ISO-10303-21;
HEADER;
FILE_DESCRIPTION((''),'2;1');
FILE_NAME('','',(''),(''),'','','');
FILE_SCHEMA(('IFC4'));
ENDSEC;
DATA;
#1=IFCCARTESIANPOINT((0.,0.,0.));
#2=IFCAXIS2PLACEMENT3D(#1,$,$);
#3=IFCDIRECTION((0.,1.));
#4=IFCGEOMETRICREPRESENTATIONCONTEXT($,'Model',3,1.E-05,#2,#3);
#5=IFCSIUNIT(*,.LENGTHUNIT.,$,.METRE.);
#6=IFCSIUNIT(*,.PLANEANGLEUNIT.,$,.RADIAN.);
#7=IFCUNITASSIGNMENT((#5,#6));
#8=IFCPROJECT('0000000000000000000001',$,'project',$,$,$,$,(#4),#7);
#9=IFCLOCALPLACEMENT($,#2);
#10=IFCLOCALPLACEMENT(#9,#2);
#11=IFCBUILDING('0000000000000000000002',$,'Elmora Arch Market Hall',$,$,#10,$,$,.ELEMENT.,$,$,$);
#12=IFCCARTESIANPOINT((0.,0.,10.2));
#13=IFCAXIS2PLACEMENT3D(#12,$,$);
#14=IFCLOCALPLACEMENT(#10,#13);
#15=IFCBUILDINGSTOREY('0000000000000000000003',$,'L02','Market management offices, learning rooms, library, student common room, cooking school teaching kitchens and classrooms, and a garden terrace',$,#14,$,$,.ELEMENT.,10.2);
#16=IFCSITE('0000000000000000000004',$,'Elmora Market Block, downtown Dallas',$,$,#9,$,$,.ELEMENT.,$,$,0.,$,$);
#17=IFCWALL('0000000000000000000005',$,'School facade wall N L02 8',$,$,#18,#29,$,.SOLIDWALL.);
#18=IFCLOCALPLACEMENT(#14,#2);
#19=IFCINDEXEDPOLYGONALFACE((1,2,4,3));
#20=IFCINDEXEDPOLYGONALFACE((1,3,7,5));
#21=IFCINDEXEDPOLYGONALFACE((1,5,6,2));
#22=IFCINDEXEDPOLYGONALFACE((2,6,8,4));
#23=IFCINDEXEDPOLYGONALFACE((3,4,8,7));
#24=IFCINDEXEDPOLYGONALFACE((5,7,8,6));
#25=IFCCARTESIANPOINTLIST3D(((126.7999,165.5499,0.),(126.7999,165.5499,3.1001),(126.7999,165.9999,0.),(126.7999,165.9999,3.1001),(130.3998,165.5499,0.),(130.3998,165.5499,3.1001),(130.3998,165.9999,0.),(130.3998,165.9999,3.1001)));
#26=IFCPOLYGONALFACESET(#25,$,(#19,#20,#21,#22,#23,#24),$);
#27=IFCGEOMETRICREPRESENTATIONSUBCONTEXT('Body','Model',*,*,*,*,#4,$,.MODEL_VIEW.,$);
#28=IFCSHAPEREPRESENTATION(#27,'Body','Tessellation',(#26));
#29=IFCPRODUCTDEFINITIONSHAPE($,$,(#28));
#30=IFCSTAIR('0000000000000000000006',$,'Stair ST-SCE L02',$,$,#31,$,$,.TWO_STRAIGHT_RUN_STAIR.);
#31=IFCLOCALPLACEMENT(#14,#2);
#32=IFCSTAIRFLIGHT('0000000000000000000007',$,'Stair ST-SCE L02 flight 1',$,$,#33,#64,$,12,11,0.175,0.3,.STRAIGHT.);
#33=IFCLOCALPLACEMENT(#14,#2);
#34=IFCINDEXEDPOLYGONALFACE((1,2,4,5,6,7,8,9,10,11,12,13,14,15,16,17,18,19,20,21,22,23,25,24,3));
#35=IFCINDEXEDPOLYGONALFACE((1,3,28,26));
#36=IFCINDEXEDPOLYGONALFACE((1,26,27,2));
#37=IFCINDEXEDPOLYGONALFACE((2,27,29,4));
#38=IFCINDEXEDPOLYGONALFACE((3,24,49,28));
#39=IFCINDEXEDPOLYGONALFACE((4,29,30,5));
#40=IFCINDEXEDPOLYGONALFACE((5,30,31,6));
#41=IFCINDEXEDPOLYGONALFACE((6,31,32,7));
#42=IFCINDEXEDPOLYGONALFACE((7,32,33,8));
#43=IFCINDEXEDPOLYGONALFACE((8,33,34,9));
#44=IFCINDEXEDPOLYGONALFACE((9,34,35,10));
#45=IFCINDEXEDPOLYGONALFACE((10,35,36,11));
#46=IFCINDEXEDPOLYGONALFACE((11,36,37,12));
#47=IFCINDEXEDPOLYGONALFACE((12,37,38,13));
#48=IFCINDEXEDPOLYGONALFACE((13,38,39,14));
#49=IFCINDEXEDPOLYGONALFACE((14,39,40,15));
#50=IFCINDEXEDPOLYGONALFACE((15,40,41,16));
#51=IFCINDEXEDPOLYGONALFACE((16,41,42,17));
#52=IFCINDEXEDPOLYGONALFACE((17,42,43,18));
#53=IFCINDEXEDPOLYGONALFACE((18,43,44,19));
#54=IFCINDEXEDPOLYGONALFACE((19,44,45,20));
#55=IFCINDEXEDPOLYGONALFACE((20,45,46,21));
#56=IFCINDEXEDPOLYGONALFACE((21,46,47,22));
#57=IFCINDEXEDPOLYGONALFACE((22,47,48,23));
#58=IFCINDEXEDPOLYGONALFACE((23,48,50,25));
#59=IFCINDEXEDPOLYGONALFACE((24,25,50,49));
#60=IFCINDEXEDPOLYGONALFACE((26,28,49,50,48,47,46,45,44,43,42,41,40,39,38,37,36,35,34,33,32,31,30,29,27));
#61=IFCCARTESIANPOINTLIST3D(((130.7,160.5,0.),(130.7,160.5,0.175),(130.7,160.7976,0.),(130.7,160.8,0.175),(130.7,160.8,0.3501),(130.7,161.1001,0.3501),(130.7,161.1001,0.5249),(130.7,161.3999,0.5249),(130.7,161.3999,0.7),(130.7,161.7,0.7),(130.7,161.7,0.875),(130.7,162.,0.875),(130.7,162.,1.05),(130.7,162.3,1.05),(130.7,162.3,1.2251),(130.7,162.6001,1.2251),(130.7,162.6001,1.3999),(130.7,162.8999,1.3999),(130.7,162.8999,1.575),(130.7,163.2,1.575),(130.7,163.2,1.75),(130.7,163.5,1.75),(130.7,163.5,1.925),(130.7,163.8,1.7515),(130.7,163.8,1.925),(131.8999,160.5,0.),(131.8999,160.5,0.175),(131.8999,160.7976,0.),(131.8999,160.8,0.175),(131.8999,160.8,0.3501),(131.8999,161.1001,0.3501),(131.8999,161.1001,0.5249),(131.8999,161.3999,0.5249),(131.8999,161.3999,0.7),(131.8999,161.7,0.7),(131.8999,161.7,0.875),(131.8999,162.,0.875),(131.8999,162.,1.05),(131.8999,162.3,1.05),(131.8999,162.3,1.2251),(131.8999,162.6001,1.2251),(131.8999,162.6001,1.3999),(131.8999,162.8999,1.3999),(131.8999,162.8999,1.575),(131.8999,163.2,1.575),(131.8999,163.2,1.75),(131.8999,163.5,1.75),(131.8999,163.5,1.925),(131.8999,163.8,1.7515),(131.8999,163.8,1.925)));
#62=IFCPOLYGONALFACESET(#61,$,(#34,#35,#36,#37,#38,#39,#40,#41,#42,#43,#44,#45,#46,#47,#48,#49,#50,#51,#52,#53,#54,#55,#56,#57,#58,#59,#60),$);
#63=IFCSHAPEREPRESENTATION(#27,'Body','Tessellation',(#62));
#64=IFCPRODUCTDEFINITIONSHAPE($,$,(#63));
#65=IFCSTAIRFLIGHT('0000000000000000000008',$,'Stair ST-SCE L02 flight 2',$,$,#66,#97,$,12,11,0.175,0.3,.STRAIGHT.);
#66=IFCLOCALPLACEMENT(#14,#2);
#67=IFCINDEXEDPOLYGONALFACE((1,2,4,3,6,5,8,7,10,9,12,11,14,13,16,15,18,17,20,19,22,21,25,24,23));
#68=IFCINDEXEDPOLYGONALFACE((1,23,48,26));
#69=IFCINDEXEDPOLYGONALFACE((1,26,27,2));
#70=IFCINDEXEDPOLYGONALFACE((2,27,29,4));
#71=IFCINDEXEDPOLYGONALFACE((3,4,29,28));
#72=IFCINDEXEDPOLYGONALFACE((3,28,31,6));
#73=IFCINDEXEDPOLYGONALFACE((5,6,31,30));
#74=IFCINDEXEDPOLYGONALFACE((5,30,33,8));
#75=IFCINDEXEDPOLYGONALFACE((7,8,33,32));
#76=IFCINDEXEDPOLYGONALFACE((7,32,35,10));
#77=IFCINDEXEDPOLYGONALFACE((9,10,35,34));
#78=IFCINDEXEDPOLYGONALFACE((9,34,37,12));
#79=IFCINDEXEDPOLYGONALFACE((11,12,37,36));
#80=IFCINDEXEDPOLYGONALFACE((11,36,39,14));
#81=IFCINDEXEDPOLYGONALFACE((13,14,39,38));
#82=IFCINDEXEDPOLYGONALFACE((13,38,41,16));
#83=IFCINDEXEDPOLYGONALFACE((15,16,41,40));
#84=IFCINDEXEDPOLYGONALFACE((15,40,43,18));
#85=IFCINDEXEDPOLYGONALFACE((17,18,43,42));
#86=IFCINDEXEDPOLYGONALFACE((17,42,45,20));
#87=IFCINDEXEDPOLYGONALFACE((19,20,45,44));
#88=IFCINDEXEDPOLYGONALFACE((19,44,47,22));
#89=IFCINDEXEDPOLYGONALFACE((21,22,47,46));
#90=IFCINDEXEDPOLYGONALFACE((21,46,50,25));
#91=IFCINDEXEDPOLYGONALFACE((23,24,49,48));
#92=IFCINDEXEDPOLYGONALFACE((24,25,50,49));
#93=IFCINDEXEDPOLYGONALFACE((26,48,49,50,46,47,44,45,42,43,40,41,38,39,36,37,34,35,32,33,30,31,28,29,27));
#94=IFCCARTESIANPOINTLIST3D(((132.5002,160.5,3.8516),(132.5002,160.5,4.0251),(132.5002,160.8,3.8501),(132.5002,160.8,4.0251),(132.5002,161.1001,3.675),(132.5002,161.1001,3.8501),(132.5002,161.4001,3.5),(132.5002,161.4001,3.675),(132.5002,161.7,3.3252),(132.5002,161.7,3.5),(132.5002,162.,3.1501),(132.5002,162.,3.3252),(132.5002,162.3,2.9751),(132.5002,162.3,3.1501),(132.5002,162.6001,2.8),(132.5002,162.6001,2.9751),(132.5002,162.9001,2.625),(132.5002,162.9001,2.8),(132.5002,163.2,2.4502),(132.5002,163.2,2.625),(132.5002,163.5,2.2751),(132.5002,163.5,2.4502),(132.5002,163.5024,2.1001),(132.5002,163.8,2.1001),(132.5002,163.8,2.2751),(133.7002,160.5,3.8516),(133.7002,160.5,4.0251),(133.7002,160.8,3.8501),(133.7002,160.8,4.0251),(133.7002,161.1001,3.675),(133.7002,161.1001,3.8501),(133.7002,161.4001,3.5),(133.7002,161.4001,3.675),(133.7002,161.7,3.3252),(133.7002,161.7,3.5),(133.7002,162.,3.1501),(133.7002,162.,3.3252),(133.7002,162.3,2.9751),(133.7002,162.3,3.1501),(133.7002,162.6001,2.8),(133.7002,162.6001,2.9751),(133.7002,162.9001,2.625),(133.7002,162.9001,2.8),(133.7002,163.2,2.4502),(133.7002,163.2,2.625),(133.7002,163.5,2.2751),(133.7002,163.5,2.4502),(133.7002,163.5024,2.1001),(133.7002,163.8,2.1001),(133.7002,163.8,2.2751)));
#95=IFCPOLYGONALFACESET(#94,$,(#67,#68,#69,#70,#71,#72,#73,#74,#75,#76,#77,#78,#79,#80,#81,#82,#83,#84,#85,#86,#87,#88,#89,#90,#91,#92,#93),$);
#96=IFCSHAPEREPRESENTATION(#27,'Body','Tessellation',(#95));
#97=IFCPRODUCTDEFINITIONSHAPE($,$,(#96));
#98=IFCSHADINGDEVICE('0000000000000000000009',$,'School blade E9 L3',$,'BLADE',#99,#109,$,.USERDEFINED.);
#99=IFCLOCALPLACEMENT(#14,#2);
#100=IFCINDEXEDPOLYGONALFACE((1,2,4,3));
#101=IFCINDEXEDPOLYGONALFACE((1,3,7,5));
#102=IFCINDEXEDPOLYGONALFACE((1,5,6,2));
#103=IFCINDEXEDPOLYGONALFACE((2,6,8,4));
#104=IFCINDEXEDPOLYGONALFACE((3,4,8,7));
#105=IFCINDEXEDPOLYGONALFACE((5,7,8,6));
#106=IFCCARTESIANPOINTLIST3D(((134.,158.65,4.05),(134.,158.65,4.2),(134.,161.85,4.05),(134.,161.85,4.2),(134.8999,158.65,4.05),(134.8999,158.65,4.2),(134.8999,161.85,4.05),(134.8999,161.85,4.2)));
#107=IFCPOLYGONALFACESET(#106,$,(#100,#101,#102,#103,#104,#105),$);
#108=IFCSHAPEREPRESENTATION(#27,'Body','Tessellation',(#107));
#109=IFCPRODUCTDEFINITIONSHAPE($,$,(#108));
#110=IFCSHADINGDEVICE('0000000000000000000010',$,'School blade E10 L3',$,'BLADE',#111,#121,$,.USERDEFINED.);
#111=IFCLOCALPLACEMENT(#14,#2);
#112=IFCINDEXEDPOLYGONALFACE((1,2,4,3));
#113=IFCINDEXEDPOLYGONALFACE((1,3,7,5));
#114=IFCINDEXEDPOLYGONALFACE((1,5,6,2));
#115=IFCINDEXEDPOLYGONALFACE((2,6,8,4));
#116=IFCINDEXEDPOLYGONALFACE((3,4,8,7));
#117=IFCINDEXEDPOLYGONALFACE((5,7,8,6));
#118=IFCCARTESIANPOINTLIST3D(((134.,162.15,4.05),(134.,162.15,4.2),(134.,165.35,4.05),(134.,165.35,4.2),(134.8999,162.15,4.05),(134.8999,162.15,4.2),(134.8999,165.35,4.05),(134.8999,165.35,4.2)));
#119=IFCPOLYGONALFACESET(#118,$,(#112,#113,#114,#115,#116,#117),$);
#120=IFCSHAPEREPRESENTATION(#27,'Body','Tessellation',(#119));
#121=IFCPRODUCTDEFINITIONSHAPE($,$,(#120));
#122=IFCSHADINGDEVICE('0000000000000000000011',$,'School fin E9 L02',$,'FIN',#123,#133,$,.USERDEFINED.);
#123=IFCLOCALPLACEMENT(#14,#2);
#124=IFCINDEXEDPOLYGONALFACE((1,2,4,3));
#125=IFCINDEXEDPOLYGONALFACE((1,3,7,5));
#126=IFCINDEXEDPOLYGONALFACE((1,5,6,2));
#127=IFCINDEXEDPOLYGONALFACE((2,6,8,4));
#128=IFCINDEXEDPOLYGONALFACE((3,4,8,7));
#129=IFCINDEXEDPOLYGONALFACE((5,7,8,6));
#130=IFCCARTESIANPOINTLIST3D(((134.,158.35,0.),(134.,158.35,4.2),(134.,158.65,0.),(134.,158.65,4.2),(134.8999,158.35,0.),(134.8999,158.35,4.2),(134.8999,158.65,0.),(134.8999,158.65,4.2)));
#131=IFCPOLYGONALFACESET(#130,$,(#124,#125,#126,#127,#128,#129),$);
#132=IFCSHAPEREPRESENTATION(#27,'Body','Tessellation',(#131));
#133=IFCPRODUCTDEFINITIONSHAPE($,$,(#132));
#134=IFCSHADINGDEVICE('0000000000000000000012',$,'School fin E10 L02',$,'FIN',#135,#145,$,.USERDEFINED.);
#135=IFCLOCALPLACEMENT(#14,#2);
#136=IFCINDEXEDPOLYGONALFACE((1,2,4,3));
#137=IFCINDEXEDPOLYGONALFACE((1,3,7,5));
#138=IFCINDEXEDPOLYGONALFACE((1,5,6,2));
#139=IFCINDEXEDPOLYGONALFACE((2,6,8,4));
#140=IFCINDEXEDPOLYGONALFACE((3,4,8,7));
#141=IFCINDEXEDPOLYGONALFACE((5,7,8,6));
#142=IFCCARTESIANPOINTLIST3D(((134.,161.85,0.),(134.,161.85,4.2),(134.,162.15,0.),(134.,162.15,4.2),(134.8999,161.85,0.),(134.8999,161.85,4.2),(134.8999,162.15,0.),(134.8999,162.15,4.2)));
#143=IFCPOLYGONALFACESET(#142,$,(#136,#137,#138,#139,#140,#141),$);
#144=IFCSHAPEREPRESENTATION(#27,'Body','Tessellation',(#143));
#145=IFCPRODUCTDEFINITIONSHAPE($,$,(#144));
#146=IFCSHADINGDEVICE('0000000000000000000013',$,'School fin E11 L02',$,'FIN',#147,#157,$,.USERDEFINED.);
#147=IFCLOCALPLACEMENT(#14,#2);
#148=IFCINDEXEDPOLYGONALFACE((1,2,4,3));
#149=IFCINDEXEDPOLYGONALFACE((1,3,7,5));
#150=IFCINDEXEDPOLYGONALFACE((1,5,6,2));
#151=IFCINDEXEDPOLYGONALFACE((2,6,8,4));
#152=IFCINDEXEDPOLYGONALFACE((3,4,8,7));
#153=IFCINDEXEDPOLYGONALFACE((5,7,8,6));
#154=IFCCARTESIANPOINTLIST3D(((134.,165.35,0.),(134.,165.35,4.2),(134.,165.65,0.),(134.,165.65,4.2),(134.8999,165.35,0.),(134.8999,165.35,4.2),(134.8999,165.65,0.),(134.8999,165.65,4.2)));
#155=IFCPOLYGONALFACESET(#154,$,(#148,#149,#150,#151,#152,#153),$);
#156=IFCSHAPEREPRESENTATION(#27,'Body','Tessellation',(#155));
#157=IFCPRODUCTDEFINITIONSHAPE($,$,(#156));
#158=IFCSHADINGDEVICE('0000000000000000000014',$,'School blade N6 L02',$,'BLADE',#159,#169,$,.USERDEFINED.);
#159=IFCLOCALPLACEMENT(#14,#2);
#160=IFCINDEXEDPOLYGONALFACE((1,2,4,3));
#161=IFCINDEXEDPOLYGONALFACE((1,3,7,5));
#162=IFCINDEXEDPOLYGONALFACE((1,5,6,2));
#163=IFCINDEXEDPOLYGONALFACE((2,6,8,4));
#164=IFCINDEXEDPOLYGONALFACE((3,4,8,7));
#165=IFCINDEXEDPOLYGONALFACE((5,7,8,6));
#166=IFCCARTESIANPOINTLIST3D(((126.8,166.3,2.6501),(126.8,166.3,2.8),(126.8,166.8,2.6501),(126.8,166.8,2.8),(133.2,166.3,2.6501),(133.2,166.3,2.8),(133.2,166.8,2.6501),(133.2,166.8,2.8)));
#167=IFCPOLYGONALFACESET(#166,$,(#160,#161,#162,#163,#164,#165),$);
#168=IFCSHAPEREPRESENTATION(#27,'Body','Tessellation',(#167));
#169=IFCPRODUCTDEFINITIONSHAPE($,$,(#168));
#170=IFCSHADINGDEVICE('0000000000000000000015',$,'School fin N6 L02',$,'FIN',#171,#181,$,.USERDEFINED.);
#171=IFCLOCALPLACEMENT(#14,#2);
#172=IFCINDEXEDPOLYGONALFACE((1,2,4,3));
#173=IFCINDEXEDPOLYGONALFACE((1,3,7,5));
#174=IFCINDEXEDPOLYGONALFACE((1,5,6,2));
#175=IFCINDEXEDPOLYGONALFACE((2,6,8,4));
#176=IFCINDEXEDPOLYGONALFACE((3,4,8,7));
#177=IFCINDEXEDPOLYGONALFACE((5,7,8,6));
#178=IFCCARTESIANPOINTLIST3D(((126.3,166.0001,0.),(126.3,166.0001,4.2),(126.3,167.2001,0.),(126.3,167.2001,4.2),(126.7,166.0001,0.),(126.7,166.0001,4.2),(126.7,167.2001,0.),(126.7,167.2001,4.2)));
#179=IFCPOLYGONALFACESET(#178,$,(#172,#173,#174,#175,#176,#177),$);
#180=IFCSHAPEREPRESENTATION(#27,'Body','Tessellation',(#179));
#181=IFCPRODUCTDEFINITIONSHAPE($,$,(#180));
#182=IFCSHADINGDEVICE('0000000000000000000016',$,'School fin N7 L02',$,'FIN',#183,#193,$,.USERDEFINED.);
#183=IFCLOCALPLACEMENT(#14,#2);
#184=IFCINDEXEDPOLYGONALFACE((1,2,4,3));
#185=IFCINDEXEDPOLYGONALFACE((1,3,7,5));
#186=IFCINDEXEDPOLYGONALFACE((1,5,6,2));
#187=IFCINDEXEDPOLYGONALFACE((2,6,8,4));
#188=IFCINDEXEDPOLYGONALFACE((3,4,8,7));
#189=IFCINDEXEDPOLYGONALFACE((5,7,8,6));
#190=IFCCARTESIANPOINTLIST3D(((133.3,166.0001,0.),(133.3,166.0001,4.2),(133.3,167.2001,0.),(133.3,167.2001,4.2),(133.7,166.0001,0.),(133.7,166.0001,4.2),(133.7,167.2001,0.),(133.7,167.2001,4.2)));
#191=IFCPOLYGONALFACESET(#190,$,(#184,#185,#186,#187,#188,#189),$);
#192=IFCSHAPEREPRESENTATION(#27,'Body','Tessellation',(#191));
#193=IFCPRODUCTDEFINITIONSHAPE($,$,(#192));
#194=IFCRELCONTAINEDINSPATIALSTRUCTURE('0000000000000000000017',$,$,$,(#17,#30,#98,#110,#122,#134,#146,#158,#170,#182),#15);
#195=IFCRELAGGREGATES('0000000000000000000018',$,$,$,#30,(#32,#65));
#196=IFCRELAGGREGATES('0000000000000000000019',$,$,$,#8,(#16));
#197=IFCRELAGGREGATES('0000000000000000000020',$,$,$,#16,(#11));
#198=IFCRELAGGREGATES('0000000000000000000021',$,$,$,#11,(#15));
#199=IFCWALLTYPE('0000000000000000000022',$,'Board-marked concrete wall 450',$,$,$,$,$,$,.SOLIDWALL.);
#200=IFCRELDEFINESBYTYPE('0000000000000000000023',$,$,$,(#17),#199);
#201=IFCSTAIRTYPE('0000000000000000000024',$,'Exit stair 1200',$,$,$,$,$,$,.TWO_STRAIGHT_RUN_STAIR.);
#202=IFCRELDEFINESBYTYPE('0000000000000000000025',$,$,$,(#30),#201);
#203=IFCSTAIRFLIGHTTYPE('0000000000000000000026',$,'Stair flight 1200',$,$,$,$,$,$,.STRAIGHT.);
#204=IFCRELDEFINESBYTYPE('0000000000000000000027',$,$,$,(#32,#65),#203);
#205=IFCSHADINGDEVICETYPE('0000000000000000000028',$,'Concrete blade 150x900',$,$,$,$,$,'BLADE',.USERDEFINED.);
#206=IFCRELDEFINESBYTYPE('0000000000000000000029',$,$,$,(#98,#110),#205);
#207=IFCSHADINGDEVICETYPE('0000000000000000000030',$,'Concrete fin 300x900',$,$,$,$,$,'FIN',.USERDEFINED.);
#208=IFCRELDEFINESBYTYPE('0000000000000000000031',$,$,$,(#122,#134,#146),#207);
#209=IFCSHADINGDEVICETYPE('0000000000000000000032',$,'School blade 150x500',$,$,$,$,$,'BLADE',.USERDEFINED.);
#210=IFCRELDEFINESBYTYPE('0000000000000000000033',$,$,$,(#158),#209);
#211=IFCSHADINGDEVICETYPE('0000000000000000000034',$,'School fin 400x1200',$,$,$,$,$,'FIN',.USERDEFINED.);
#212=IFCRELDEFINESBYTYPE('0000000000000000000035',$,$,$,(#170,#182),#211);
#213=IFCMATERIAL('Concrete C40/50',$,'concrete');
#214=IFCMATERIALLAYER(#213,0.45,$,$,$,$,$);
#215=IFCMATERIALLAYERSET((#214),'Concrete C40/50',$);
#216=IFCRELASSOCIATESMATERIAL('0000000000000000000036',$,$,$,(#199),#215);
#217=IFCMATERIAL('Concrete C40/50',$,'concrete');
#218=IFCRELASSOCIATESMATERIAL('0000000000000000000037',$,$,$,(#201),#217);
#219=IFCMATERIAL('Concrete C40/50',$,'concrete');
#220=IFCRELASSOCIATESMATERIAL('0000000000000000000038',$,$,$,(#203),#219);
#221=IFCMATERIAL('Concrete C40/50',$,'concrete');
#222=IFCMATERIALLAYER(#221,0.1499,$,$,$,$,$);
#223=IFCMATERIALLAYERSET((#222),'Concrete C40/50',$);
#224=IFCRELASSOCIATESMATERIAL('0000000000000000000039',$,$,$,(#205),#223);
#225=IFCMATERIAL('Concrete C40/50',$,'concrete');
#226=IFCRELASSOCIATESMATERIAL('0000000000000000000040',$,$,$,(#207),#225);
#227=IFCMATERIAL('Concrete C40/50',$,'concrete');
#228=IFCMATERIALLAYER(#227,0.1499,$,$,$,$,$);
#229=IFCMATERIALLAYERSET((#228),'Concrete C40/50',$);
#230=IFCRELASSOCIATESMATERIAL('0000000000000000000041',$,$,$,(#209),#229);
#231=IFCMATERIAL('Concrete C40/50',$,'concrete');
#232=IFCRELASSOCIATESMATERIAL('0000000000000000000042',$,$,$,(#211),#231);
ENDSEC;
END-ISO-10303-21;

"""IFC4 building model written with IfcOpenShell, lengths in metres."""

from ifc_helpers import new_model, si_unit, direction, frame, frame_2d, origin, origin_2d, place, context, subcontext, project, spatial, polyline, rectangle, outline, extrude, material, layer, layer_set, type_object, element, aggregate, save


model = new_model("IFC4")

# Units and contexts
model_context = context("Model", 3, precision=1e-05, world=origin(), true_north=direction((0.0, 1.0)))
body_context = subcontext(model_context, "Body", "Model", "MODEL_VIEW")
ifc_project = project(units=[si_unit("LENGTHUNIT", "METRE"), si_unit("PLANEANGLEUNIT", "RADIAN")], contexts=[model_context])

# Site, building, storey
site_placement = place(None, origin())
site = spatial("IfcSite", under=ifc_project, at=site_placement, Name="Elmora Market Block, downtown Dallas", CompositionType="ELEMENT", RefElevation=0.0)
building_placement = place(site_placement, origin())
building = spatial("IfcBuilding", under=site, at=building_placement, Name="Elmora Arch Market Hall", CompositionType="ELEMENT")
storey_placement = place(building_placement, frame((0.0, 0.0, 10.2)))
storey = spatial("IfcBuildingStorey", under=building, at=storey_placement, Name="L02", Description="Market management offices, learning rooms, library, student common room, cooking school teaching kitchens and classrooms, and a garden terrace", CompositionType="ELEMENT", Elevation=10.2)

# Wall
ifc_material_1 = material(Name="Concrete C40/50", Category="concrete")
ifc_layer_1 = layer(ifc_material_1, 0.45)
ifc_layer_set_1 = layer_set([ifc_layer_1], Name="Concrete C40/50")
wall_type_1 = type_object("IfcWallType", Name="Board-marked concrete wall 450", PredefinedType="SOLIDWALL", material=ifc_layer_set_1)
wall_1_placement = place(storey_placement, frame((126.8, 165.7749, 0.0), z_axis=(0.0, 0.0, 1.0), x_axis=(1.0, 0.0, 0.0)))
element("IfcWall", 1, at=wall_1_placement, inside=storey, type_object=wall_type_1, Name="School facade wall N L02 8", PredefinedType="SOLIDWALL", context=body_context, shape_type="SweptSolid", body=[
    extrude(rectangle(XDim=3.5999, YDim=0.45, at=frame_2d((1.7998, 0.0))), origin(), (0.0, 0.0, 1.0), 3.1001),
])

# Stair, stair flights
ifc_material_2 = material(Name="Concrete C40/50", Category="concrete")
stair_type = type_object("IfcStairType", Name="Exit stair 1200", PredefinedType="TWO_STRAIGHT_RUN_STAIR", material=ifc_material_2)
stair_placement = place(storey_placement, origin())
stair = element("IfcStair", 2, at=stair_placement, inside=storey, type_object=stair_type, Name="Stair ST-SCE L02", PredefinedType="TWO_STRAIGHT_RUN_STAIR")
ifc_material_3 = material(Name="Concrete C40/50", Category="concrete")
stair_flight_type = type_object("IfcStairFlightType", Name="Stair flight 1200", PredefinedType="STRAIGHT", material=ifc_material_3)
stair_flight_1_placement = place(storey_placement, frame((131.3, 160.5, 0.0), z_axis=(0.0, 0.0, 1.0), x_axis=(0.0, 1.0, 0.0)))
stair_flight_1 = element("IfcStairFlight", 3, at=stair_flight_1_placement, type_object=stair_flight_type, Name="Stair ST-SCE L02 flight 1", NumberOfRisers=12, NumberOfTreads=11, PredefinedType="STRAIGHT", RiserHeight=0.175, TreadLength=0.3, context=body_context, shape_type="SweptSolid", body=[
    extrude(outline(polyline([(0.0, 0.0), (0.0, 0.175), (0.3, 0.175), (0.3, 0.3501), (0.6001, 0.3501), (0.6001, 0.5249), (0.8999, 0.5249), (0.8999, 0.7), (1.2, 0.7), (1.2, 0.875), (1.5, 0.875), (1.5, 1.05), (1.8, 1.05), (1.8, 1.2251), (2.1001, 1.2251), (2.1001, 1.3999), (2.3999, 1.3999), (2.3999, 1.575), (2.7, 1.575), (2.7, 1.75), (3.0, 1.75), (3.0, 1.925), (3.3, 1.925), (3.3, 2.1001), (3.3, 1.7515), (0.2976, 0.0), (0.0, 0.0)])), frame((0.0, 0.6001, 0.0), z_axis=(0.0, -1.0, 0.0), x_axis=(1.0, 0.0, 0.0)), (0.0, 0.0, 1.0), 1.2),
])
stair_flight_2_placement = place(storey_placement, frame((133.1001, 163.8, 2.1001), z_axis=(0.0, 0.0, 1.0), x_axis=(0.0, -1.0, 0.0)))
stair_flight_2 = element("IfcStairFlight", 4, at=stair_flight_2_placement, type_object=stair_flight_type, Name="Stair ST-SCE L02 flight 2", NumberOfRisers=12, NumberOfTreads=11, PredefinedType="STRAIGHT", RiserHeight=0.175, TreadLength=0.3, context=body_context, shape_type="SweptSolid", body=[
    extrude(outline(polyline([(0.0, 0.0), (0.0, 0.175), (0.3, 0.175), (0.3, 0.3501), (0.6001, 0.3501), (0.6001, 0.5249), (0.8999, 0.5249), (0.8999, 0.7), (1.2, 0.7), (1.2, 0.875), (1.5, 0.875), (1.5, 1.05), (1.8, 1.05), (1.8, 1.2251), (2.1001, 1.2251), (2.1001, 1.3999), (2.3999, 1.3999), (2.3999, 1.575), (2.7, 1.575), (2.7, 1.75), (3.0, 1.75), (3.0, 1.925), (3.3, 1.925), (3.3, 2.1001), (3.3, 1.7515), (0.2976, 0.0), (0.0, 0.0)])), frame((0.0, 0.6001, 0.0), z_axis=(0.0, -1.0, 0.0), x_axis=(1.0, 0.0, 0.0)), (0.0, 0.0, 1.0), 1.2),
])
aggregate(stair, [stair_flight_1, stair_flight_2])

# Shading devices
ifc_material_4 = material(Name="Concrete C40/50", Category="concrete")
ifc_layer_2 = layer(ifc_material_4, 0.1499)
ifc_layer_set_2 = layer_set([ifc_layer_2], Name="Concrete C40/50")
shading_device_type_1 = type_object("IfcShadingDeviceType", Name="Concrete blade 150x900", ElementType="BLADE", PredefinedType="USERDEFINED", material=ifc_layer_set_2)
for number, where, z_axis, x_axis, name in (
    (5, (134.45, 160.25, 4.05), (0.0, 0.0, 1.0), (1.0, 0.0, 0.0), "School blade E9 L3"),
    (6, (134.45, 163.75, 4.05), (0.0, 0.0, 1.0), (1.0, 0.0, 0.0), "School blade E10 L3"),
):
    element("IfcShadingDevice", number, at=place(storey_placement, frame(where, z_axis=z_axis, x_axis=x_axis)), inside=storey, type_object=shading_device_type_1, Name=name, ObjectType="BLADE", PredefinedType="USERDEFINED", context=body_context, shape_type="SweptSolid", body=[
        extrude(rectangle(XDim=0.8999, YDim=3.2, at=origin_2d()), origin(), (0.0, 0.0, 1.0), 0.1499),
    ])
ifc_material_5 = material(Name="Concrete C40/50", Category="concrete")
shading_device_type_2 = type_object("IfcShadingDeviceType", Name="Concrete fin 300x900", ElementType="FIN", PredefinedType="USERDEFINED", material=ifc_material_5)
for number, where, z_axis, x_axis, name in (
    (7, (134.45, 158.5, 0.0), (0.0, 0.0, 1.0), (1.0, 0.0, 0.0), "School fin E9 L02"),
    (8, (134.45, 162.0, 0.0), (0.0, 0.0, 1.0), (1.0, 0.0, 0.0), "School fin E10 L02"),
    (9, (134.45, 165.5, 0.0), (0.0, 0.0, 1.0), (1.0, 0.0, 0.0), "School fin E11 L02"),
):
    element("IfcShadingDevice", number, at=place(storey_placement, frame(where, z_axis=z_axis, x_axis=x_axis)), inside=storey, type_object=shading_device_type_2, Name=name, ObjectType="FIN", PredefinedType="USERDEFINED", context=body_context, shape_type="SweptSolid", body=[
        extrude(rectangle(XDim=0.8999, YDim=0.3, at=origin_2d()), origin(), (0.0, 0.0, 1.0), 4.2),
    ])
ifc_material_6 = material(Name="Concrete C40/50", Category="concrete")
ifc_layer_3 = layer(ifc_material_6, 0.1499)
ifc_layer_set_3 = layer_set([ifc_layer_3], Name="Concrete C40/50")
shading_device_type_3 = type_object("IfcShadingDeviceType", Name="School blade 150x500", ElementType="BLADE", PredefinedType="USERDEFINED", material=ifc_layer_set_3)
shading_device_placement = place(storey_placement, frame((130.0, 166.55, 2.6501), z_axis=(0.0, 0.0, 1.0), x_axis=(1.0, 0.0, 0.0)))
element("IfcShadingDevice", 10, at=shading_device_placement, inside=storey, type_object=shading_device_type_3, Name="School blade N6 L02", ObjectType="BLADE", PredefinedType="USERDEFINED", context=body_context, shape_type="SweptSolid", body=[
    extrude(rectangle(XDim=6.3999, YDim=0.5, at=origin_2d()), origin(), (0.0, 0.0, 1.0), 0.1499),
])
ifc_material_7 = material(Name="Concrete C40/50", Category="concrete")
shading_device_type_4 = type_object("IfcShadingDeviceType", Name="School fin 400x1200", ElementType="FIN", PredefinedType="USERDEFINED", material=ifc_material_7)
for number, where, z_axis, x_axis, name in (
    (11, (126.5, 166.6001, 0.0), (0.0, 0.0, 1.0), (1.0, 0.0, 0.0), "School fin N6 L02"),
    (12, (133.5, 166.6001, 0.0), (0.0, 0.0, 1.0), (1.0, 0.0, 0.0), "School fin N7 L02"),
):
    element("IfcShadingDevice", number, at=place(storey_placement, frame(where, z_axis=z_axis, x_axis=x_axis)), inside=storey, type_object=shading_device_type_4, Name=name, ObjectType="FIN", PredefinedType="USERDEFINED", context=body_context, shape_type="SweptSolid", body=[
        extrude(rectangle(XDim=0.3999, YDim=1.2, at=origin_2d()), origin(), (0.0, 0.0, 1.0), 4.2),
    ])

save(model, "model.ifc")
